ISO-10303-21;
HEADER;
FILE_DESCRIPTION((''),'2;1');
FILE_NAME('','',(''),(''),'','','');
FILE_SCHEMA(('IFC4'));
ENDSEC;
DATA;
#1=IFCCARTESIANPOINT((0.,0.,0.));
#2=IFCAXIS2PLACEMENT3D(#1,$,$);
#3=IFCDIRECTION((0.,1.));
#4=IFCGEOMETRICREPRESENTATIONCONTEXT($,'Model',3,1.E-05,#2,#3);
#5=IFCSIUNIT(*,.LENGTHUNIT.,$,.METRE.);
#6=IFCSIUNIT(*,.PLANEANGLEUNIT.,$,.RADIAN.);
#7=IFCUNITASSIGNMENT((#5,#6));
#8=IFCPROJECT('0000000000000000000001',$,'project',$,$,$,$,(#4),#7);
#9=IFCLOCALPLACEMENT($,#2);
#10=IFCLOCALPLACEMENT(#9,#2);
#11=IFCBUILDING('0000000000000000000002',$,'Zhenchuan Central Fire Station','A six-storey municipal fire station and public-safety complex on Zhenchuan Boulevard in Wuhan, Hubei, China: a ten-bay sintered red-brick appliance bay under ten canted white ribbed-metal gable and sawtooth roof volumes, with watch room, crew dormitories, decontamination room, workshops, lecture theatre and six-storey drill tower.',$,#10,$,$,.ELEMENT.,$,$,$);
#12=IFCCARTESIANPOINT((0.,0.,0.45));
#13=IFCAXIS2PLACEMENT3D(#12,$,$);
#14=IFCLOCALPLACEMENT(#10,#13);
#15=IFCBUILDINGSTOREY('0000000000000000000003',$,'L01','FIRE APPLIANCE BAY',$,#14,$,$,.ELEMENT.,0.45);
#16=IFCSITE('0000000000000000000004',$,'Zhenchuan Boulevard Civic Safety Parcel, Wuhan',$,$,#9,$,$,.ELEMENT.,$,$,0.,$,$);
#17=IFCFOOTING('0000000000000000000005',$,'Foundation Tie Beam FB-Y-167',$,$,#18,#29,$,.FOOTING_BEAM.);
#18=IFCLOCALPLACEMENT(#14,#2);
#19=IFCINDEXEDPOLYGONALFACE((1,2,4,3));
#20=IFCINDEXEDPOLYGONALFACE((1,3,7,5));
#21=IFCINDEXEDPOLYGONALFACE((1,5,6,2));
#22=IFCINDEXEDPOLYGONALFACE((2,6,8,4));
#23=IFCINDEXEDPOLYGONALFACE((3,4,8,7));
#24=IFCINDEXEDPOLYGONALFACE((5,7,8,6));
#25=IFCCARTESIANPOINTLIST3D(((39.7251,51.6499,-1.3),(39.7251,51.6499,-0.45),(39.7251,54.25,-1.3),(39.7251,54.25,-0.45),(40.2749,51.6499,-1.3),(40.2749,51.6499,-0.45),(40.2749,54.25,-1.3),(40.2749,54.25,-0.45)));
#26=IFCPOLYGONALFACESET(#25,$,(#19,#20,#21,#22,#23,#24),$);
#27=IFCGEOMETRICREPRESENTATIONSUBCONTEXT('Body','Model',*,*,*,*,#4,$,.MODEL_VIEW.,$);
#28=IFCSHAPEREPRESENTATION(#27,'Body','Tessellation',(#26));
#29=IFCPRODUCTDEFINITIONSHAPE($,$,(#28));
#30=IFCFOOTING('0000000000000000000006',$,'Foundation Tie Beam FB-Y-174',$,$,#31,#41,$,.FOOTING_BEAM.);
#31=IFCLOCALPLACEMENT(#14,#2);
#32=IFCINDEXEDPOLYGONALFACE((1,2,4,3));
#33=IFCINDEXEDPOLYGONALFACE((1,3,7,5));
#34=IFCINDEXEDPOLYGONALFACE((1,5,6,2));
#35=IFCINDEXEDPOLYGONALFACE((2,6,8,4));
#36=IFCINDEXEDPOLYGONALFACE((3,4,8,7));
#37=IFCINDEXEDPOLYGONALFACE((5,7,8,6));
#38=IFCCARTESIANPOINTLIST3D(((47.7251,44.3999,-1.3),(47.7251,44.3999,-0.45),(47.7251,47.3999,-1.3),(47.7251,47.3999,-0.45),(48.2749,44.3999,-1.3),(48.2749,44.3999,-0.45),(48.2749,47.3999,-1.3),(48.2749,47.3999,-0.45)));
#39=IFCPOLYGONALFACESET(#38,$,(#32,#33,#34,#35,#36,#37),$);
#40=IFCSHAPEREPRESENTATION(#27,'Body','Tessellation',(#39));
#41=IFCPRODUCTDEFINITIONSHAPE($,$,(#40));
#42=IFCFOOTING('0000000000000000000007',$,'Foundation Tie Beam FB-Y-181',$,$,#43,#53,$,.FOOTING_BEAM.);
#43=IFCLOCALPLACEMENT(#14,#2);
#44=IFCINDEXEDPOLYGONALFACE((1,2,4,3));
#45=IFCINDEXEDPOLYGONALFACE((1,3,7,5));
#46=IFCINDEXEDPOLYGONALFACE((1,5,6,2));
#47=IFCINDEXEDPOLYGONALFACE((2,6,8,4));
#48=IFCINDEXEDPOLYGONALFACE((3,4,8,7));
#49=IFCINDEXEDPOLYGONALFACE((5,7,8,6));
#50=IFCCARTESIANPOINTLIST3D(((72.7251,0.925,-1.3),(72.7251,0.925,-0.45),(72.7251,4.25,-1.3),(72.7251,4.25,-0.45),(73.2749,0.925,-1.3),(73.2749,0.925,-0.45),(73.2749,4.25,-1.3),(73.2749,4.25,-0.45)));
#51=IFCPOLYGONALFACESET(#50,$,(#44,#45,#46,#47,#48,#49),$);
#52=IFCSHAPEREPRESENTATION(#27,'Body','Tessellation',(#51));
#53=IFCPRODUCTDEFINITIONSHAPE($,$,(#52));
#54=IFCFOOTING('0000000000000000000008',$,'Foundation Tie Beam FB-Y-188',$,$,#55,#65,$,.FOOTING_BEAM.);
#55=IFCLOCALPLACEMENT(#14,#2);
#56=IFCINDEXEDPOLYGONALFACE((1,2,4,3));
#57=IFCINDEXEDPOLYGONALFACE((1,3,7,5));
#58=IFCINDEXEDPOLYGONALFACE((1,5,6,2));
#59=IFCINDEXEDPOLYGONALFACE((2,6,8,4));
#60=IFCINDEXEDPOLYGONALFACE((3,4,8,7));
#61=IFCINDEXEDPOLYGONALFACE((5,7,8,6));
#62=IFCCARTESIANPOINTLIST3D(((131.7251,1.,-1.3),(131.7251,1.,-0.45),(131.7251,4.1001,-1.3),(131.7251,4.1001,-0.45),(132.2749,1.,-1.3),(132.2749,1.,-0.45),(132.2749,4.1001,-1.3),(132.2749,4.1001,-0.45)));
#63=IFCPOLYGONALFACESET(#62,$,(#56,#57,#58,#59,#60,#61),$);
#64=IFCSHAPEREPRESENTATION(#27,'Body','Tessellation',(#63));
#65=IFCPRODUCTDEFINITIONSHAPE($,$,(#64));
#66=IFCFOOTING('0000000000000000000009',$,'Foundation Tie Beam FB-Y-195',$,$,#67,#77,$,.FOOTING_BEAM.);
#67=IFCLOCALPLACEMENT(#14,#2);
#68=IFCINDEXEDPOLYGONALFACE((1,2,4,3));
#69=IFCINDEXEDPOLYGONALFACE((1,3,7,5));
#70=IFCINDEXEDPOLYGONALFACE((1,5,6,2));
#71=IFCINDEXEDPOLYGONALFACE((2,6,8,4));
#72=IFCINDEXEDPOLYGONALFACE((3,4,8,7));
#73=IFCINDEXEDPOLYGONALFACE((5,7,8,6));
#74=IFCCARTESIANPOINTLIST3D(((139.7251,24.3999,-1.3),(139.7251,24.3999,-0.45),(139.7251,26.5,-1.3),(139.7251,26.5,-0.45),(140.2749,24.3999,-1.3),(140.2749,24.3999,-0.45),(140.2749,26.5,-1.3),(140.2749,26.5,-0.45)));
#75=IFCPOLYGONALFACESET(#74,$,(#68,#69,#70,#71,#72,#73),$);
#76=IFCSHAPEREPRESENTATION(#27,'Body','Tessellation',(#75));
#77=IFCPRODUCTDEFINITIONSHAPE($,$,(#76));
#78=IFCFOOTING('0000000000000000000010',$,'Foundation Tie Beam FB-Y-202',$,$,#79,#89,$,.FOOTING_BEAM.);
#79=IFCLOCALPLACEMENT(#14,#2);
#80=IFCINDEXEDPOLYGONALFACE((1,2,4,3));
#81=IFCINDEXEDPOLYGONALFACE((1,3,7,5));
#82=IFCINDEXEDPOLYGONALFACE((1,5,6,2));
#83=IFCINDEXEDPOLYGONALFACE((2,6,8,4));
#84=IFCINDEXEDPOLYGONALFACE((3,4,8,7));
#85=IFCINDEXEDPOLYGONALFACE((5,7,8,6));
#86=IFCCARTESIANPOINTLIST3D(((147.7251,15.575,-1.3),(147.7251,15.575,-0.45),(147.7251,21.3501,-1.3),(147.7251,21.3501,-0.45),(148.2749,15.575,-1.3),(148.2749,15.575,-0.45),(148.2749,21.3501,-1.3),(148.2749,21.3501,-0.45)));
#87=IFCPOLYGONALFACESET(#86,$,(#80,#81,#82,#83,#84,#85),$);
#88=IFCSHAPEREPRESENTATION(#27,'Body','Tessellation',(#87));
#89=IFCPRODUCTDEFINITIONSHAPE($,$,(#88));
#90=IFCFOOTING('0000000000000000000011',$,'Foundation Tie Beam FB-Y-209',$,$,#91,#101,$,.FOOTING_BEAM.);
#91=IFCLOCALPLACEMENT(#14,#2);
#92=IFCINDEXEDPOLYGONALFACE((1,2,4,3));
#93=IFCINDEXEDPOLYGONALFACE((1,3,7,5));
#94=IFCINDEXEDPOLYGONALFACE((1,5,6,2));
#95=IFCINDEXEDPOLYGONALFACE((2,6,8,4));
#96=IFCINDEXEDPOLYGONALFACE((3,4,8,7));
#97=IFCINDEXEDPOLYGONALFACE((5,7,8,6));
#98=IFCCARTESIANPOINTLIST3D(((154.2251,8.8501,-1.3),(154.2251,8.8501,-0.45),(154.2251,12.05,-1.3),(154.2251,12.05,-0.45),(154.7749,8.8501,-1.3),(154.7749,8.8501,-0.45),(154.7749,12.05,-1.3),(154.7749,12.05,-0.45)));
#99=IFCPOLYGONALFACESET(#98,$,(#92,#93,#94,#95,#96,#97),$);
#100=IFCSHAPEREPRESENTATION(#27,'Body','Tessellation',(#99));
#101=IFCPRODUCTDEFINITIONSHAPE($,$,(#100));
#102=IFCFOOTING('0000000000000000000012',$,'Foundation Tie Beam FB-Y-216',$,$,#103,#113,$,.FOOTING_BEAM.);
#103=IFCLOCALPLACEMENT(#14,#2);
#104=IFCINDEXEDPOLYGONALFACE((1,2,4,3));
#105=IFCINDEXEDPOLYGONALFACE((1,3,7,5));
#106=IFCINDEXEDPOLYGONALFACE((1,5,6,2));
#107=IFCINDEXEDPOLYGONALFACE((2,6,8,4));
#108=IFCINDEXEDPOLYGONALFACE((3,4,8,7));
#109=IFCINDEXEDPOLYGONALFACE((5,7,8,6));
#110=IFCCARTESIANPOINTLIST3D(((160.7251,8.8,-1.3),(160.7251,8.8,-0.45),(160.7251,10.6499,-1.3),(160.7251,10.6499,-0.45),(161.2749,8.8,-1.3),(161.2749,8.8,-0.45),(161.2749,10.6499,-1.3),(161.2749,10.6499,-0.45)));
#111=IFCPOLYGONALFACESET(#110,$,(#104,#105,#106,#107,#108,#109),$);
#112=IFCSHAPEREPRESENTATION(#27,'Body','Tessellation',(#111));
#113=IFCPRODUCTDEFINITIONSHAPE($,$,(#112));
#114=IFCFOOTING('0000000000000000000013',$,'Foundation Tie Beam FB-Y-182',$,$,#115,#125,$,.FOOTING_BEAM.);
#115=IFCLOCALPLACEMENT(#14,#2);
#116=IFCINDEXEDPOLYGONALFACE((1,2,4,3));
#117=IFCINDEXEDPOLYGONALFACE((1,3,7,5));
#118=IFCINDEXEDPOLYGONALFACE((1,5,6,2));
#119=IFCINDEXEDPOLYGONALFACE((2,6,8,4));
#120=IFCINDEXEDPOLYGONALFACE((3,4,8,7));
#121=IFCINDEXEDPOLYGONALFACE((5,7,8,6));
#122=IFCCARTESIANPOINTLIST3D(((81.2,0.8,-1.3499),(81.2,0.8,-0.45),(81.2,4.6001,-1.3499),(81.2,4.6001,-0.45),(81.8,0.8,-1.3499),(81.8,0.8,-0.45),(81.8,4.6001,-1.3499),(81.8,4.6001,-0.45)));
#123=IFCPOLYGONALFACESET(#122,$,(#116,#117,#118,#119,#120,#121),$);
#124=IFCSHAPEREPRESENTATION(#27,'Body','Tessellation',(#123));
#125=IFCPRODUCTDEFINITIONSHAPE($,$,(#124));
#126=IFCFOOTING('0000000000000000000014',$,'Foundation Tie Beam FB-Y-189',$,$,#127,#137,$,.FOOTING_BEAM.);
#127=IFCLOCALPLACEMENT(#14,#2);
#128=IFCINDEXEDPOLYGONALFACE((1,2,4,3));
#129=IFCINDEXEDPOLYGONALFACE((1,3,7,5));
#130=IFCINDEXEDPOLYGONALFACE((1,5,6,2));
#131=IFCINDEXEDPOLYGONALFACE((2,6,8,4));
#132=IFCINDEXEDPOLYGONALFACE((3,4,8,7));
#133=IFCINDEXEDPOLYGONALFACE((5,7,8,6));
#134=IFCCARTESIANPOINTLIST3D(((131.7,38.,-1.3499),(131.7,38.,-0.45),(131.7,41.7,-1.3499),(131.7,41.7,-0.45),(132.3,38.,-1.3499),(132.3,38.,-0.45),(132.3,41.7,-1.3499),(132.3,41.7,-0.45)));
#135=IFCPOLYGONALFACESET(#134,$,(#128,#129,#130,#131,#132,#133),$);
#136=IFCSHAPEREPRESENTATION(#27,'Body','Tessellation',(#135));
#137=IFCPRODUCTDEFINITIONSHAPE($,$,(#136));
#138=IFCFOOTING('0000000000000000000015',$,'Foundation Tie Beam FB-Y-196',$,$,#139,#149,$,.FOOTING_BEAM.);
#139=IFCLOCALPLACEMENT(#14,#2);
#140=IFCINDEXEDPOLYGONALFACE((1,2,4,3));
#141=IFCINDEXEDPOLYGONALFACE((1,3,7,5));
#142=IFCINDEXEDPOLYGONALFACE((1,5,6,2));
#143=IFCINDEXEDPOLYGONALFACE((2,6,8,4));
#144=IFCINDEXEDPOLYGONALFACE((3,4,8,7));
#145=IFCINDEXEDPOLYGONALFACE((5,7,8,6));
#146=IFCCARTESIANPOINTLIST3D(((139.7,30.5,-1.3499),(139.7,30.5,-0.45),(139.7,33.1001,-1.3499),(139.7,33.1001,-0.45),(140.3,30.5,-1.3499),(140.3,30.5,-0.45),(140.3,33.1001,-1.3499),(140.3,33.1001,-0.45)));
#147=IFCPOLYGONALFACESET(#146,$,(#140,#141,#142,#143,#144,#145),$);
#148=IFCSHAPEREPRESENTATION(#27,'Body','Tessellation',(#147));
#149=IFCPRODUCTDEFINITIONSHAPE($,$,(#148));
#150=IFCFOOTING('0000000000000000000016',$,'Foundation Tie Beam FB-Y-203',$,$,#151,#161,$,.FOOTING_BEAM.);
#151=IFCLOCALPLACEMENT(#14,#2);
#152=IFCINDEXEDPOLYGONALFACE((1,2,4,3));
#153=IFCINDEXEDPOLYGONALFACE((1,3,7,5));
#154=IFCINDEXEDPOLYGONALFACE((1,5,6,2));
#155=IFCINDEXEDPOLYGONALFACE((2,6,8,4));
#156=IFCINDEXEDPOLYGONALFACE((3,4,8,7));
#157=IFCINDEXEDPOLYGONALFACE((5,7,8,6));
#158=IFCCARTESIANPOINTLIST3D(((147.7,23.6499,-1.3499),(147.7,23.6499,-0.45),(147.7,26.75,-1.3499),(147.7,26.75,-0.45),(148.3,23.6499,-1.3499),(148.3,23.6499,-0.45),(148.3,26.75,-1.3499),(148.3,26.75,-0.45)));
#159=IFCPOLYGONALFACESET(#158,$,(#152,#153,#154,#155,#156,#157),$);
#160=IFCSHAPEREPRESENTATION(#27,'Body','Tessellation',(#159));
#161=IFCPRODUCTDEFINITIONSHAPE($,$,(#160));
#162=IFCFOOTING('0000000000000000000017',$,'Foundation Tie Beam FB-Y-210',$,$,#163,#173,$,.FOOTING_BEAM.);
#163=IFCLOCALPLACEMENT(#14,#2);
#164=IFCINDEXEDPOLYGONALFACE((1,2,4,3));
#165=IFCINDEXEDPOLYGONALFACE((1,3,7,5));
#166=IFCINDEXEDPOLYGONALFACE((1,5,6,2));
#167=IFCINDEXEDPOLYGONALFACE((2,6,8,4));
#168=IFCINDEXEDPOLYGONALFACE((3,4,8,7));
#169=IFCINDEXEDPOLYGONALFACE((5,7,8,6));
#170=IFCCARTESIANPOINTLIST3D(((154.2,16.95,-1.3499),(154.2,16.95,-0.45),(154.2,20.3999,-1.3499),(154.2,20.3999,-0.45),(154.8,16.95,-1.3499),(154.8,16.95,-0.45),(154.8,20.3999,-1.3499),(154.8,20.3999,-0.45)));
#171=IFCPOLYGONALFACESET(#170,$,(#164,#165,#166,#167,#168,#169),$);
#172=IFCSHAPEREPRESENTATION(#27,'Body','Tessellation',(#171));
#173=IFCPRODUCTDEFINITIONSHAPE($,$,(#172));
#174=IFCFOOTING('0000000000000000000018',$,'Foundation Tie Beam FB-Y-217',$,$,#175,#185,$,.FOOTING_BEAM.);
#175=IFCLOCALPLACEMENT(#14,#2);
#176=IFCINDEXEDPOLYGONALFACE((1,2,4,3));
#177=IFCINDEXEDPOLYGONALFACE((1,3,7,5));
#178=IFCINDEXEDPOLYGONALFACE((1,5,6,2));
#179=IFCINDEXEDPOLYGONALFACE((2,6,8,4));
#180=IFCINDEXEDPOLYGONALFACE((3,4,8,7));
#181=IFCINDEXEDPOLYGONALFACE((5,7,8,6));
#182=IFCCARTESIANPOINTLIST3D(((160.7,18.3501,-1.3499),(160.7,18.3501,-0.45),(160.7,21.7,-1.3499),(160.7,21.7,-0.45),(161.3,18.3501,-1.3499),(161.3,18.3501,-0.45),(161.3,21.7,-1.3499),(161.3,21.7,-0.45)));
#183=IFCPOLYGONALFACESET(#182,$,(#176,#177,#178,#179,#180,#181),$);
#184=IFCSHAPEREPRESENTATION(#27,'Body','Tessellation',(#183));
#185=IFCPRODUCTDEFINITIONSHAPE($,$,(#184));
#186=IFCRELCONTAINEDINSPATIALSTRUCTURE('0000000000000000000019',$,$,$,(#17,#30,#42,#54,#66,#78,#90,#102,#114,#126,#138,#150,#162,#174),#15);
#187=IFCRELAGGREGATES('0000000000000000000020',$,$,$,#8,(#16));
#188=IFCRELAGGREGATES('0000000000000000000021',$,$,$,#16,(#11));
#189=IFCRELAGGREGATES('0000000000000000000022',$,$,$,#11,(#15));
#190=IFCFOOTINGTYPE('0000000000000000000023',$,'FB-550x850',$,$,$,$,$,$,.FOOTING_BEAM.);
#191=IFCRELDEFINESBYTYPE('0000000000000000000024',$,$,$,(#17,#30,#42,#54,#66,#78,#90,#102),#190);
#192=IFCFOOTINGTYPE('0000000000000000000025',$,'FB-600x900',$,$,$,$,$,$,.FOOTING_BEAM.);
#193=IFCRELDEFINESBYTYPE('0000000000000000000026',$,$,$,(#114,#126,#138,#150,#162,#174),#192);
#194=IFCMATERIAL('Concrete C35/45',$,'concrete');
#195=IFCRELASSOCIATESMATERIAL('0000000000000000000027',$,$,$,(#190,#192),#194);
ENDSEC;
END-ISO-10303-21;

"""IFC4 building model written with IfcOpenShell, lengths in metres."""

from ifc_helpers import new_model, si_unit, direction, frame, origin, place, context, subcontext, project, spatial, polyline, outline, extrude, material, type_object, element, save


model = new_model("IFC4")

# Units and contexts
model_context = context("Model", 3, precision=1e-05, world=origin(), true_north=direction((0.0, 1.0)))
body_context = subcontext(model_context, "Body", "Model", "MODEL_VIEW")
ifc_project = project(units=[si_unit("LENGTHUNIT", "METRE"), si_unit("PLANEANGLEUNIT", "RADIAN")], contexts=[model_context])

# Site, building, storey
site_placement = place(None, origin())
site = spatial("IfcSite", under=ifc_project, at=site_placement, Name="Zhenchuan Boulevard Civic Safety Parcel, Wuhan", CompositionType="ELEMENT", RefElevation=0.0)
building_placement = place(site_placement, origin())
building = spatial("IfcBuilding", under=site, at=building_placement, Name="Zhenchuan Central Fire Station", Description="A six-storey municipal fire station and public-safety complex on Zhenchuan Boulevard in Wuhan, Hubei, China: a ten-bay sintered red-brick appliance bay under ten canted white ribbed-metal gable and sawtooth roof volumes, with watch room, crew dormitories, decontamination room, workshops, lecture theatre and six-storey drill tower.", CompositionType="ELEMENT")
storey_placement = place(building_placement, frame((0.0, 0.0, 0.45)))
storey = spatial("IfcBuildingStorey", under=building, at=storey_placement, Name="L01", Description="FIRE APPLIANCE BAY", CompositionType="ELEMENT", Elevation=0.45)

# Footings
ifc_material_1 = material(Name="Concrete C35/45", Category="concrete")
footing_type_1 = type_object("IfcFootingType", Name="FB-550x850", PredefinedType="FOOTING_BEAM", material=ifc_material_1)
footing_1_placement = place(storey_placement, frame((0.0, 0.0, -1.3)))
element("IfcFooting", 1, at=footing_1_placement, inside=storey, type_object=footing_type_1, Name="Foundation Tie Beam FB-Y-167", PredefinedType="FOOTING_BEAM", context=body_context, shape_type="SweptSolid", body=[
    extrude(outline(polyline([(39.7251, 51.6499), (40.2749, 51.6499), (40.2749, 54.25), (39.7251, 54.25), (39.7251, 51.6499)])), origin(), (0.0, 0.0, 1.0), 0.8501),
])
footing_2_placement = place(storey_placement, frame((0.0, 0.0, -1.3)))
element("IfcFooting", 2, at=footing_2_placement, inside=storey, type_object=footing_type_1, Name="Foundation Tie Beam FB-Y-174", PredefinedType="FOOTING_BEAM", context=body_context, shape_type="SweptSolid", body=[
    extrude(outline(polyline([(47.7251, 44.3999), (48.2749, 44.3999), (48.2749, 47.3999), (47.7251, 47.3999), (47.7251, 44.3999)])), origin(), (0.0, 0.0, 1.0), 0.8501),
])
footing_3_placement = place(storey_placement, frame((0.0, 0.0, -1.3)))
element("IfcFooting", 3, at=footing_3_placement, inside=storey, type_object=footing_type_1, Name="Foundation Tie Beam FB-Y-181", PredefinedType="FOOTING_BEAM", context=body_context, shape_type="SweptSolid", body=[
    extrude(outline(polyline([(72.7251, 0.925), (73.2749, 0.925), (73.2749, 4.25), (72.7251, 4.25), (72.7251, 0.925)])), origin(), (0.0, 0.0, 1.0), 0.8501),
])
footing_4_placement = place(storey_placement, frame((0.0, 0.0, -1.3)))
element("IfcFooting", 4, at=footing_4_placement, inside=storey, type_object=footing_type_1, Name="Foundation Tie Beam FB-Y-188", PredefinedType="FOOTING_BEAM", context=body_context, shape_type="SweptSolid", body=[
    extrude(outline(polyline([(131.7251, 1.0), (132.2749, 1.0), (132.2749, 4.1001), (131.7251, 4.1001), (131.7251, 1.0)])), origin(), (0.0, 0.0, 1.0), 0.8501),
])
footing_5_placement = place(storey_placement, frame((0.0, 0.0, -1.3)))
element("IfcFooting", 5, at=footing_5_placement, inside=storey, type_object=footing_type_1, Name="Foundation Tie Beam FB-Y-195", PredefinedType="FOOTING_BEAM", context=body_context, shape_type="SweptSolid", body=[
    extrude(outline(polyline([(139.7251, 24.3999), (140.2749, 24.3999), (140.2749, 26.5), (139.7251, 26.5), (139.7251, 24.3999)])), origin(), (0.0, 0.0, 1.0), 0.8501),
])
footing_6_placement = place(storey_placement, frame((0.0, 0.0, -1.3)))
element("IfcFooting", 6, at=footing_6_placement, inside=storey, type_object=footing_type_1, Name="Foundation Tie Beam FB-Y-202", PredefinedType="FOOTING_BEAM", context=body_context, shape_type="SweptSolid", body=[
    extrude(outline(polyline([(147.7251, 15.575), (148.2749, 15.575), (148.2749, 21.3501), (147.7251, 21.3501), (147.7251, 15.575)])), origin(), (0.0, 0.0, 1.0), 0.8501),
])
footing_7_placement = place(storey_placement, frame((0.0, 0.0, -1.3)))
element("IfcFooting", 7, at=footing_7_placement, inside=storey, type_object=footing_type_1, Name="Foundation Tie Beam FB-Y-209", PredefinedType="FOOTING_BEAM", context=body_context, shape_type="SweptSolid", body=[
    extrude(outline(polyline([(154.2251, 8.8501), (154.7749, 8.8501), (154.7749, 12.05), (154.2251, 12.05), (154.2251, 8.8501)])), origin(), (0.0, 0.0, 1.0), 0.8501),
])
footing_8_placement = place(storey_placement, frame((0.0, 0.0, -1.3)))
element("IfcFooting", 8, at=footing_8_placement, inside=storey, type_object=footing_type_1, Name="Foundation Tie Beam FB-Y-216", PredefinedType="FOOTING_BEAM", context=body_context, shape_type="SweptSolid", body=[
    extrude(outline(polyline([(160.7251, 8.8), (161.2749, 8.8), (161.2749, 10.6499), (160.7251, 10.6499), (160.7251, 8.8)])), origin(), (0.0, 0.0, 1.0), 0.8501),
])
footing_type_2 = type_object("IfcFootingType", Name="FB-600x900", PredefinedType="FOOTING_BEAM", material=ifc_material_1)
footing_9_placement = place(storey_placement, frame((0.0, 0.0, -1.3499)))
element("IfcFooting", 9, at=footing_9_placement, inside=storey, type_object=footing_type_2, Name="Foundation Tie Beam FB-Y-182", PredefinedType="FOOTING_BEAM", context=body_context, shape_type="SweptSolid", body=[
    extrude(outline(polyline([(81.2, 0.8), (81.8, 0.8), (81.8, 4.6001), (81.2, 4.6001), (81.2, 0.8)])), origin(), (0.0, 0.0, 1.0), 0.8999),
])
footing_10_placement = place(storey_placement, frame((0.0, 0.0, -1.3499)))
element("IfcFooting", 10, at=footing_10_placement, inside=storey, type_object=footing_type_2, Name="Foundation Tie Beam FB-Y-189", PredefinedType="FOOTING_BEAM", context=body_context, shape_type="SweptSolid", body=[
    extrude(outline(polyline([(131.7, 38.0), (132.3, 38.0), (132.3, 41.7), (131.7, 41.7), (131.7, 38.0)])), origin(), (0.0, 0.0, 1.0), 0.8999),
])
footing_11_placement = place(storey_placement, frame((0.0, 0.0, -1.3499)))
element("IfcFooting", 11, at=footing_11_placement, inside=storey, type_object=footing_type_2, Name="Foundation Tie Beam FB-Y-196", PredefinedType="FOOTING_BEAM", context=body_context, shape_type="SweptSolid", body=[
    extrude(outline(polyline([(139.7, 30.5), (140.3, 30.5), (140.3, 33.1001), (139.7, 33.1001), (139.7, 30.5)])), origin(), (0.0, 0.0, 1.0), 0.8999),
])
footing_12_placement = place(storey_placement, frame((0.0, 0.0, -1.3499)))
element("IfcFooting", 12, at=footing_12_placement, inside=storey, type_object=footing_type_2, Name="Foundation Tie Beam FB-Y-203", PredefinedType="FOOTING_BEAM", context=body_context, shape_type="SweptSolid", body=[
    extrude(outline(polyline([(147.7, 23.6499), (148.3, 23.6499), (148.3, 26.75), (147.7, 26.75), (147.7, 23.6499)])), origin(), (0.0, 0.0, 1.0), 0.8999),
])
footing_13_placement = place(storey_placement, frame((0.0, 0.0, -1.3499)))
element("IfcFooting", 13, at=footing_13_placement, inside=storey, type_object=footing_type_2, Name="Foundation Tie Beam FB-Y-210", PredefinedType="FOOTING_BEAM", context=body_context, shape_type="SweptSolid", body=[
    extrude(outline(polyline([(154.2, 16.95), (154.8, 16.95), (154.8, 20.3999), (154.2, 20.3999), (154.2, 16.95)])), origin(), (0.0, 0.0, 1.0), 0.8999),
])
footing_14_placement = place(storey_placement, frame((0.0, 0.0, -1.3499)))
element("IfcFooting", 14, at=footing_14_placement, inside=storey, type_object=footing_type_2, Name="Foundation Tie Beam FB-Y-217", PredefinedType="FOOTING_BEAM", context=body_context, shape_type="SweptSolid", body=[
    extrude(outline(polyline([(160.7, 18.3501), (161.3, 18.3501), (161.3, 21.7), (160.7, 21.7), (160.7, 18.3501)])), origin(), (0.0, 0.0, 1.0), 0.8999),
])

save(model, "model.ifc")
